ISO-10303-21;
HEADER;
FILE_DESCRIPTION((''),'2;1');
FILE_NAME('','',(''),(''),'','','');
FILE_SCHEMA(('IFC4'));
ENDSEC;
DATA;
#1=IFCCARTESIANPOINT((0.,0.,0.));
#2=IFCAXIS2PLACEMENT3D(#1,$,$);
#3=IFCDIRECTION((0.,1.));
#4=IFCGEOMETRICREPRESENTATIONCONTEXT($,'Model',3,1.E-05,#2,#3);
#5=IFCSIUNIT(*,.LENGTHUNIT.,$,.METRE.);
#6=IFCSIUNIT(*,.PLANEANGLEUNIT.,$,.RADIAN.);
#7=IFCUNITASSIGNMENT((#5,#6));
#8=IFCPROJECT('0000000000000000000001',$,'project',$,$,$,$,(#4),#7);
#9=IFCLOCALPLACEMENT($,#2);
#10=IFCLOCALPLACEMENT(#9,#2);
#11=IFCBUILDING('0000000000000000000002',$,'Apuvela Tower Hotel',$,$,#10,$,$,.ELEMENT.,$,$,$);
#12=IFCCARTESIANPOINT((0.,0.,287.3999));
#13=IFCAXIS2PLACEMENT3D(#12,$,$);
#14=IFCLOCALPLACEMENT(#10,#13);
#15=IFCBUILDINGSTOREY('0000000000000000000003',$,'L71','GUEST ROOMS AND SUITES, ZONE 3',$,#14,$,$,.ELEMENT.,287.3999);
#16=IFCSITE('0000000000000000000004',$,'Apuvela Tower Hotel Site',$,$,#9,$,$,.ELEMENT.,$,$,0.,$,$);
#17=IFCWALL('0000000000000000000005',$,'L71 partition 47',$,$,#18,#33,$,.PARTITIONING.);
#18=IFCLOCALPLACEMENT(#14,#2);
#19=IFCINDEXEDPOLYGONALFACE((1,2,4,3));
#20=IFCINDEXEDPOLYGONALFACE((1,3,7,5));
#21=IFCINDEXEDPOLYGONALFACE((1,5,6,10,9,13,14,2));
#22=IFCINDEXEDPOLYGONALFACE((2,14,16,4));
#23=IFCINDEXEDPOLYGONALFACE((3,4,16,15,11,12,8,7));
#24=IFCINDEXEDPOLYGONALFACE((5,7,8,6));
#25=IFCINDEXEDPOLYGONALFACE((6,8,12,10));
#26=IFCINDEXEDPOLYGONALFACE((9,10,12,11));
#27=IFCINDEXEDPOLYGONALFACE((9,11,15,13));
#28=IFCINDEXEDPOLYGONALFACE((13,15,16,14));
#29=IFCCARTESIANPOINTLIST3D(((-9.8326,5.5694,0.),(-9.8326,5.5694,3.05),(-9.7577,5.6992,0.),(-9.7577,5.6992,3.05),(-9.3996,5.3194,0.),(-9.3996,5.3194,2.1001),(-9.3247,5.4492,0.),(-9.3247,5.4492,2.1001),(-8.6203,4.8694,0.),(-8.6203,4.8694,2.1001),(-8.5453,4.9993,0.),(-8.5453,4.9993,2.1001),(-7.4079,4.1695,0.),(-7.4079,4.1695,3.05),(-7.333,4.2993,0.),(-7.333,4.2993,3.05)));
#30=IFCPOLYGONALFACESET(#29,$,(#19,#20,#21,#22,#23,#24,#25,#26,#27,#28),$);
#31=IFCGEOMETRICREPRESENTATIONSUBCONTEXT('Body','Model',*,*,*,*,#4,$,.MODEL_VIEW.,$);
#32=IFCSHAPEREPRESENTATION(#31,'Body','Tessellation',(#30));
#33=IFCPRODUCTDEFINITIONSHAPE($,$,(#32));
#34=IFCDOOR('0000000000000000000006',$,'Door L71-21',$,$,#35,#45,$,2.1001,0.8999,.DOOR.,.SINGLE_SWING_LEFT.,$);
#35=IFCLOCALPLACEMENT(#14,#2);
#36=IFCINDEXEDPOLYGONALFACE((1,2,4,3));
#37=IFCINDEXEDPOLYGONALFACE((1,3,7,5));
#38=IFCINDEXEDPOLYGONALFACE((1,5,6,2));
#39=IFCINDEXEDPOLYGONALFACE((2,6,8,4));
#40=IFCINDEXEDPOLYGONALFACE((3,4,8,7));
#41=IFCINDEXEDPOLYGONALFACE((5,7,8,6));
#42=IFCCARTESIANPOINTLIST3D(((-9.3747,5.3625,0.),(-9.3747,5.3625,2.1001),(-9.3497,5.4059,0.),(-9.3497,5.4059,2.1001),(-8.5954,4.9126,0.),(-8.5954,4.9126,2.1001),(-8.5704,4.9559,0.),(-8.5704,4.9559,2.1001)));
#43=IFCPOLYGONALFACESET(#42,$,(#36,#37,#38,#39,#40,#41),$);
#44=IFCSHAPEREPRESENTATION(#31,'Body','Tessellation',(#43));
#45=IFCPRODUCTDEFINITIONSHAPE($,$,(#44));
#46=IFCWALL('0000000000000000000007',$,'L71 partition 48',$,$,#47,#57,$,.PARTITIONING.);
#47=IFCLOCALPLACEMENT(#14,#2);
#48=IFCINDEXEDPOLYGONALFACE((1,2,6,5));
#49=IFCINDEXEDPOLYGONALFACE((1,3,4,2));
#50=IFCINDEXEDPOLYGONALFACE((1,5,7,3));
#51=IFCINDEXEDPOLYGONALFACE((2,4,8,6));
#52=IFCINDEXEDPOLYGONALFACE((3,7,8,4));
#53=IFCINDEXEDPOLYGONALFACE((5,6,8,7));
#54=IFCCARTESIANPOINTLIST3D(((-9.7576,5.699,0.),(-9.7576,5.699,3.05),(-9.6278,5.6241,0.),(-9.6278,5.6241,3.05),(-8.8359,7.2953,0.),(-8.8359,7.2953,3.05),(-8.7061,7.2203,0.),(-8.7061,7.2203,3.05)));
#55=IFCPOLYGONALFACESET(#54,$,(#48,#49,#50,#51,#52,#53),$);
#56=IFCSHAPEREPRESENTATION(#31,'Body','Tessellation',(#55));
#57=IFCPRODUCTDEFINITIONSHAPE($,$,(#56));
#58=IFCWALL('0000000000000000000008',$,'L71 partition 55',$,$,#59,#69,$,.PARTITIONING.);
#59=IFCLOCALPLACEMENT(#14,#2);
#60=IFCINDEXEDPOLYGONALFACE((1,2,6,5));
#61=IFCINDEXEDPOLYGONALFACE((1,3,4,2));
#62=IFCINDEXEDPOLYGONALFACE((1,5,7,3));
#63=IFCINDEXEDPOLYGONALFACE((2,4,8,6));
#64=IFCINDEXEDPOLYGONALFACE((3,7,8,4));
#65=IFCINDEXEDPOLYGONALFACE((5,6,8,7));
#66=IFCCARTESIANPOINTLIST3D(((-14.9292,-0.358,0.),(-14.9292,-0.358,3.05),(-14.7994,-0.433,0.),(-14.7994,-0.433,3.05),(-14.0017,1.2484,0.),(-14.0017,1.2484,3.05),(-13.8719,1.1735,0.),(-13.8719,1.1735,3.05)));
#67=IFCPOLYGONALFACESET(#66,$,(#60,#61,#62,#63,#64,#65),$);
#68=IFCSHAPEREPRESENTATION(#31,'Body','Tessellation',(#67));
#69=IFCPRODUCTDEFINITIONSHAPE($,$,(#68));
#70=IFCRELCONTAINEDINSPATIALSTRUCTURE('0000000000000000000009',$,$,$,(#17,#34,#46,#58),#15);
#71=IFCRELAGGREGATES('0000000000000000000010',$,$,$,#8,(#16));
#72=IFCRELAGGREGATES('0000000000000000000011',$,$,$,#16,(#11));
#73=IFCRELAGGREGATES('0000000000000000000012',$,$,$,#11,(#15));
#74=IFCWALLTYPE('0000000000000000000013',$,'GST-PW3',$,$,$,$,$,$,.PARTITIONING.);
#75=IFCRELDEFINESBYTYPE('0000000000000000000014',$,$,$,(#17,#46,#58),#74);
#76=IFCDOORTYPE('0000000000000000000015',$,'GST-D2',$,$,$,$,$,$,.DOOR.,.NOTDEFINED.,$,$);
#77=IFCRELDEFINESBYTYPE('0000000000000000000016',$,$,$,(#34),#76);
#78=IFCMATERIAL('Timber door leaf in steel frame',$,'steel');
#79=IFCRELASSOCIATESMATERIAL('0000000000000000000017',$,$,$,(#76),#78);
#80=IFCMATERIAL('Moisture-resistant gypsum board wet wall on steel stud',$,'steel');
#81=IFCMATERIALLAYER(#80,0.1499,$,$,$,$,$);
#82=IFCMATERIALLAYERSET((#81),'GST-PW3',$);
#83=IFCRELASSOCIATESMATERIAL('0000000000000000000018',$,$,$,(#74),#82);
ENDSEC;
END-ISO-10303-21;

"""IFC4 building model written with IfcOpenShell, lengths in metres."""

from ifc_helpers import new_model, si_unit, direction, frame, frame_2d, origin, place, context, subcontext, project, spatial, rectangle, extrude, material, layer, layer_set, type_object, element, fill, save


model = new_model("IFC4")

# Units and contexts
model_context = context("Model", 3, precision=1e-05, world=origin(), true_north=direction((0.0, 1.0)))
body_context = subcontext(model_context, "Body", "Model", "MODEL_VIEW")
ifc_project = project(units=[si_unit("LENGTHUNIT", "METRE"), si_unit("PLANEANGLEUNIT", "RADIAN")], contexts=[model_context])

# Site, building, storey
site_placement = place(None, origin())
site = spatial("IfcSite", under=ifc_project, at=site_placement, Name="Apuvela Tower Hotel Site", CompositionType="ELEMENT", RefElevation=0.0)
building_placement = place(site_placement, origin())
building = spatial("IfcBuilding", under=site, at=building_placement, Name="Apuvela Tower Hotel", CompositionType="ELEMENT")
storey_placement = place(building_placement, frame((0.0, 0.0, 287.3999)))
storey = spatial("IfcBuildingStorey", under=building, at=storey_placement, Name="L71", Description="GUEST ROOMS AND SUITES, ZONE 3", CompositionType="ELEMENT", Elevation=287.3999)

# Shared definitions
ifc_material_1 = material(Name="Timber door leaf in steel frame", Category="steel")
door_type_1 = type_object("IfcDoorType", Name="GST-D2", OperationType="NOTDEFINED", PredefinedType="DOOR", material=ifc_material_1)
ifc_material_2 = material(Name="Moisture-resistant gypsum board wet wall on steel stud", Category="steel")
ifc_layer_1 = layer(ifc_material_2, 0.1499)
ifc_layer_set_1 = layer_set([ifc_layer_1], Name="GST-PW3")
wall_type_1 = type_object("IfcWallType", Name="GST-PW3", PredefinedType="PARTITIONING", material=ifc_layer_set_1)

# Wall, opening, door
wall_1_placement = place(storey_placement, frame((-9.7952, 5.6343, 0.0), z_axis=(0.0, 0.0, 1.0), x_axis=(0.866035, -0.499984, 0.0)))
wall_1 = element("IfcWall", 1, at=wall_1_placement, inside=storey, type_object=wall_type_1, Name="L71 partition 47", PredefinedType="PARTITIONING", context=body_context, shape_type="SweptSolid", body=[
    extrude(rectangle(XDim=2.7998, YDim=0.1499, at=frame_2d((1.3999, 0.0))), origin(), (0.0, 0.0, 1.0), 3.05),
])
opening_1_placement = place(wall_1_placement, frame((0.5, 0.0, 0.0)))
opening_1 = element("IfcOpeningElement", 2, at=opening_1_placement, cuts=wall_1, PredefinedType="OPENING", context=body_context, shape_type="SweptSolid", body=[
    extrude(rectangle(XDim=0.8999, YDim=2.1001, at=frame_2d((0.45, 1.05))), frame((0.0, 0.085, 0.0), z_axis=(0.0, -1.0, 0.0), x_axis=(1.0, 0.0, 0.0)), (0.0, 0.0, 1.0), 0.1699),
])
door_1_placement = place(opening_1_placement, origin())
door_1 = element("IfcDoor", 3, at=door_1_placement, inside=storey, type_object=door_type_1, Name="Door L71-21", OperationType="SINGLE_SWING_LEFT", OverallHeight=2.1001, OverallWidth=0.8999, PredefinedType="DOOR", context=body_context, shape_type="SweptSolid", body=[
    extrude(rectangle(XDim=0.8999, YDim=2.1001, at=frame_2d((0.45, 1.05))), frame((0.0, 0.0249, 0.0), z_axis=(0.0, -1.0, 0.0), x_axis=(1.0, 0.0, 0.0)), (0.0, 0.0, 1.0), 0.05),
])
fill(opening_1, door_1)

# Walls
wall_2_placement = place(storey_placement, frame((-8.771, 7.2578, 0.0), z_axis=(0.0, 0.0, 1.0), x_axis=(-0.500028, -0.866009, 0.0)))
element("IfcWall", 4, at=wall_2_placement, inside=storey, type_object=wall_type_1, Name="L71 partition 48", PredefinedType="PARTITIONING", context=body_context, shape_type="SweptSolid", body=[
    extrude(rectangle(XDim=1.8433, YDim=0.1499, at=frame_2d((0.9216, 0.0))), origin(), (0.0, 0.0, 1.0), 3.05),
])
wall_3_placement = place(storey_placement, frame((-13.9368, 1.2109, 0.0), z_axis=(0.0, 0.0, 1.0), x_axis=(-0.500003, -0.866023, 0.0)))
element("IfcWall", 5, at=wall_3_placement, inside=storey, type_object=wall_type_1, Name="L71 partition 55", PredefinedType="PARTITIONING", context=body_context, shape_type="SweptSolid", body=[
    extrude(rectangle(XDim=1.855, YDim=0.1499, at=frame_2d((0.9275, 0.0))), origin(), (0.0, 0.0, 1.0), 3.05),
])

save(model, "model.ifc")
